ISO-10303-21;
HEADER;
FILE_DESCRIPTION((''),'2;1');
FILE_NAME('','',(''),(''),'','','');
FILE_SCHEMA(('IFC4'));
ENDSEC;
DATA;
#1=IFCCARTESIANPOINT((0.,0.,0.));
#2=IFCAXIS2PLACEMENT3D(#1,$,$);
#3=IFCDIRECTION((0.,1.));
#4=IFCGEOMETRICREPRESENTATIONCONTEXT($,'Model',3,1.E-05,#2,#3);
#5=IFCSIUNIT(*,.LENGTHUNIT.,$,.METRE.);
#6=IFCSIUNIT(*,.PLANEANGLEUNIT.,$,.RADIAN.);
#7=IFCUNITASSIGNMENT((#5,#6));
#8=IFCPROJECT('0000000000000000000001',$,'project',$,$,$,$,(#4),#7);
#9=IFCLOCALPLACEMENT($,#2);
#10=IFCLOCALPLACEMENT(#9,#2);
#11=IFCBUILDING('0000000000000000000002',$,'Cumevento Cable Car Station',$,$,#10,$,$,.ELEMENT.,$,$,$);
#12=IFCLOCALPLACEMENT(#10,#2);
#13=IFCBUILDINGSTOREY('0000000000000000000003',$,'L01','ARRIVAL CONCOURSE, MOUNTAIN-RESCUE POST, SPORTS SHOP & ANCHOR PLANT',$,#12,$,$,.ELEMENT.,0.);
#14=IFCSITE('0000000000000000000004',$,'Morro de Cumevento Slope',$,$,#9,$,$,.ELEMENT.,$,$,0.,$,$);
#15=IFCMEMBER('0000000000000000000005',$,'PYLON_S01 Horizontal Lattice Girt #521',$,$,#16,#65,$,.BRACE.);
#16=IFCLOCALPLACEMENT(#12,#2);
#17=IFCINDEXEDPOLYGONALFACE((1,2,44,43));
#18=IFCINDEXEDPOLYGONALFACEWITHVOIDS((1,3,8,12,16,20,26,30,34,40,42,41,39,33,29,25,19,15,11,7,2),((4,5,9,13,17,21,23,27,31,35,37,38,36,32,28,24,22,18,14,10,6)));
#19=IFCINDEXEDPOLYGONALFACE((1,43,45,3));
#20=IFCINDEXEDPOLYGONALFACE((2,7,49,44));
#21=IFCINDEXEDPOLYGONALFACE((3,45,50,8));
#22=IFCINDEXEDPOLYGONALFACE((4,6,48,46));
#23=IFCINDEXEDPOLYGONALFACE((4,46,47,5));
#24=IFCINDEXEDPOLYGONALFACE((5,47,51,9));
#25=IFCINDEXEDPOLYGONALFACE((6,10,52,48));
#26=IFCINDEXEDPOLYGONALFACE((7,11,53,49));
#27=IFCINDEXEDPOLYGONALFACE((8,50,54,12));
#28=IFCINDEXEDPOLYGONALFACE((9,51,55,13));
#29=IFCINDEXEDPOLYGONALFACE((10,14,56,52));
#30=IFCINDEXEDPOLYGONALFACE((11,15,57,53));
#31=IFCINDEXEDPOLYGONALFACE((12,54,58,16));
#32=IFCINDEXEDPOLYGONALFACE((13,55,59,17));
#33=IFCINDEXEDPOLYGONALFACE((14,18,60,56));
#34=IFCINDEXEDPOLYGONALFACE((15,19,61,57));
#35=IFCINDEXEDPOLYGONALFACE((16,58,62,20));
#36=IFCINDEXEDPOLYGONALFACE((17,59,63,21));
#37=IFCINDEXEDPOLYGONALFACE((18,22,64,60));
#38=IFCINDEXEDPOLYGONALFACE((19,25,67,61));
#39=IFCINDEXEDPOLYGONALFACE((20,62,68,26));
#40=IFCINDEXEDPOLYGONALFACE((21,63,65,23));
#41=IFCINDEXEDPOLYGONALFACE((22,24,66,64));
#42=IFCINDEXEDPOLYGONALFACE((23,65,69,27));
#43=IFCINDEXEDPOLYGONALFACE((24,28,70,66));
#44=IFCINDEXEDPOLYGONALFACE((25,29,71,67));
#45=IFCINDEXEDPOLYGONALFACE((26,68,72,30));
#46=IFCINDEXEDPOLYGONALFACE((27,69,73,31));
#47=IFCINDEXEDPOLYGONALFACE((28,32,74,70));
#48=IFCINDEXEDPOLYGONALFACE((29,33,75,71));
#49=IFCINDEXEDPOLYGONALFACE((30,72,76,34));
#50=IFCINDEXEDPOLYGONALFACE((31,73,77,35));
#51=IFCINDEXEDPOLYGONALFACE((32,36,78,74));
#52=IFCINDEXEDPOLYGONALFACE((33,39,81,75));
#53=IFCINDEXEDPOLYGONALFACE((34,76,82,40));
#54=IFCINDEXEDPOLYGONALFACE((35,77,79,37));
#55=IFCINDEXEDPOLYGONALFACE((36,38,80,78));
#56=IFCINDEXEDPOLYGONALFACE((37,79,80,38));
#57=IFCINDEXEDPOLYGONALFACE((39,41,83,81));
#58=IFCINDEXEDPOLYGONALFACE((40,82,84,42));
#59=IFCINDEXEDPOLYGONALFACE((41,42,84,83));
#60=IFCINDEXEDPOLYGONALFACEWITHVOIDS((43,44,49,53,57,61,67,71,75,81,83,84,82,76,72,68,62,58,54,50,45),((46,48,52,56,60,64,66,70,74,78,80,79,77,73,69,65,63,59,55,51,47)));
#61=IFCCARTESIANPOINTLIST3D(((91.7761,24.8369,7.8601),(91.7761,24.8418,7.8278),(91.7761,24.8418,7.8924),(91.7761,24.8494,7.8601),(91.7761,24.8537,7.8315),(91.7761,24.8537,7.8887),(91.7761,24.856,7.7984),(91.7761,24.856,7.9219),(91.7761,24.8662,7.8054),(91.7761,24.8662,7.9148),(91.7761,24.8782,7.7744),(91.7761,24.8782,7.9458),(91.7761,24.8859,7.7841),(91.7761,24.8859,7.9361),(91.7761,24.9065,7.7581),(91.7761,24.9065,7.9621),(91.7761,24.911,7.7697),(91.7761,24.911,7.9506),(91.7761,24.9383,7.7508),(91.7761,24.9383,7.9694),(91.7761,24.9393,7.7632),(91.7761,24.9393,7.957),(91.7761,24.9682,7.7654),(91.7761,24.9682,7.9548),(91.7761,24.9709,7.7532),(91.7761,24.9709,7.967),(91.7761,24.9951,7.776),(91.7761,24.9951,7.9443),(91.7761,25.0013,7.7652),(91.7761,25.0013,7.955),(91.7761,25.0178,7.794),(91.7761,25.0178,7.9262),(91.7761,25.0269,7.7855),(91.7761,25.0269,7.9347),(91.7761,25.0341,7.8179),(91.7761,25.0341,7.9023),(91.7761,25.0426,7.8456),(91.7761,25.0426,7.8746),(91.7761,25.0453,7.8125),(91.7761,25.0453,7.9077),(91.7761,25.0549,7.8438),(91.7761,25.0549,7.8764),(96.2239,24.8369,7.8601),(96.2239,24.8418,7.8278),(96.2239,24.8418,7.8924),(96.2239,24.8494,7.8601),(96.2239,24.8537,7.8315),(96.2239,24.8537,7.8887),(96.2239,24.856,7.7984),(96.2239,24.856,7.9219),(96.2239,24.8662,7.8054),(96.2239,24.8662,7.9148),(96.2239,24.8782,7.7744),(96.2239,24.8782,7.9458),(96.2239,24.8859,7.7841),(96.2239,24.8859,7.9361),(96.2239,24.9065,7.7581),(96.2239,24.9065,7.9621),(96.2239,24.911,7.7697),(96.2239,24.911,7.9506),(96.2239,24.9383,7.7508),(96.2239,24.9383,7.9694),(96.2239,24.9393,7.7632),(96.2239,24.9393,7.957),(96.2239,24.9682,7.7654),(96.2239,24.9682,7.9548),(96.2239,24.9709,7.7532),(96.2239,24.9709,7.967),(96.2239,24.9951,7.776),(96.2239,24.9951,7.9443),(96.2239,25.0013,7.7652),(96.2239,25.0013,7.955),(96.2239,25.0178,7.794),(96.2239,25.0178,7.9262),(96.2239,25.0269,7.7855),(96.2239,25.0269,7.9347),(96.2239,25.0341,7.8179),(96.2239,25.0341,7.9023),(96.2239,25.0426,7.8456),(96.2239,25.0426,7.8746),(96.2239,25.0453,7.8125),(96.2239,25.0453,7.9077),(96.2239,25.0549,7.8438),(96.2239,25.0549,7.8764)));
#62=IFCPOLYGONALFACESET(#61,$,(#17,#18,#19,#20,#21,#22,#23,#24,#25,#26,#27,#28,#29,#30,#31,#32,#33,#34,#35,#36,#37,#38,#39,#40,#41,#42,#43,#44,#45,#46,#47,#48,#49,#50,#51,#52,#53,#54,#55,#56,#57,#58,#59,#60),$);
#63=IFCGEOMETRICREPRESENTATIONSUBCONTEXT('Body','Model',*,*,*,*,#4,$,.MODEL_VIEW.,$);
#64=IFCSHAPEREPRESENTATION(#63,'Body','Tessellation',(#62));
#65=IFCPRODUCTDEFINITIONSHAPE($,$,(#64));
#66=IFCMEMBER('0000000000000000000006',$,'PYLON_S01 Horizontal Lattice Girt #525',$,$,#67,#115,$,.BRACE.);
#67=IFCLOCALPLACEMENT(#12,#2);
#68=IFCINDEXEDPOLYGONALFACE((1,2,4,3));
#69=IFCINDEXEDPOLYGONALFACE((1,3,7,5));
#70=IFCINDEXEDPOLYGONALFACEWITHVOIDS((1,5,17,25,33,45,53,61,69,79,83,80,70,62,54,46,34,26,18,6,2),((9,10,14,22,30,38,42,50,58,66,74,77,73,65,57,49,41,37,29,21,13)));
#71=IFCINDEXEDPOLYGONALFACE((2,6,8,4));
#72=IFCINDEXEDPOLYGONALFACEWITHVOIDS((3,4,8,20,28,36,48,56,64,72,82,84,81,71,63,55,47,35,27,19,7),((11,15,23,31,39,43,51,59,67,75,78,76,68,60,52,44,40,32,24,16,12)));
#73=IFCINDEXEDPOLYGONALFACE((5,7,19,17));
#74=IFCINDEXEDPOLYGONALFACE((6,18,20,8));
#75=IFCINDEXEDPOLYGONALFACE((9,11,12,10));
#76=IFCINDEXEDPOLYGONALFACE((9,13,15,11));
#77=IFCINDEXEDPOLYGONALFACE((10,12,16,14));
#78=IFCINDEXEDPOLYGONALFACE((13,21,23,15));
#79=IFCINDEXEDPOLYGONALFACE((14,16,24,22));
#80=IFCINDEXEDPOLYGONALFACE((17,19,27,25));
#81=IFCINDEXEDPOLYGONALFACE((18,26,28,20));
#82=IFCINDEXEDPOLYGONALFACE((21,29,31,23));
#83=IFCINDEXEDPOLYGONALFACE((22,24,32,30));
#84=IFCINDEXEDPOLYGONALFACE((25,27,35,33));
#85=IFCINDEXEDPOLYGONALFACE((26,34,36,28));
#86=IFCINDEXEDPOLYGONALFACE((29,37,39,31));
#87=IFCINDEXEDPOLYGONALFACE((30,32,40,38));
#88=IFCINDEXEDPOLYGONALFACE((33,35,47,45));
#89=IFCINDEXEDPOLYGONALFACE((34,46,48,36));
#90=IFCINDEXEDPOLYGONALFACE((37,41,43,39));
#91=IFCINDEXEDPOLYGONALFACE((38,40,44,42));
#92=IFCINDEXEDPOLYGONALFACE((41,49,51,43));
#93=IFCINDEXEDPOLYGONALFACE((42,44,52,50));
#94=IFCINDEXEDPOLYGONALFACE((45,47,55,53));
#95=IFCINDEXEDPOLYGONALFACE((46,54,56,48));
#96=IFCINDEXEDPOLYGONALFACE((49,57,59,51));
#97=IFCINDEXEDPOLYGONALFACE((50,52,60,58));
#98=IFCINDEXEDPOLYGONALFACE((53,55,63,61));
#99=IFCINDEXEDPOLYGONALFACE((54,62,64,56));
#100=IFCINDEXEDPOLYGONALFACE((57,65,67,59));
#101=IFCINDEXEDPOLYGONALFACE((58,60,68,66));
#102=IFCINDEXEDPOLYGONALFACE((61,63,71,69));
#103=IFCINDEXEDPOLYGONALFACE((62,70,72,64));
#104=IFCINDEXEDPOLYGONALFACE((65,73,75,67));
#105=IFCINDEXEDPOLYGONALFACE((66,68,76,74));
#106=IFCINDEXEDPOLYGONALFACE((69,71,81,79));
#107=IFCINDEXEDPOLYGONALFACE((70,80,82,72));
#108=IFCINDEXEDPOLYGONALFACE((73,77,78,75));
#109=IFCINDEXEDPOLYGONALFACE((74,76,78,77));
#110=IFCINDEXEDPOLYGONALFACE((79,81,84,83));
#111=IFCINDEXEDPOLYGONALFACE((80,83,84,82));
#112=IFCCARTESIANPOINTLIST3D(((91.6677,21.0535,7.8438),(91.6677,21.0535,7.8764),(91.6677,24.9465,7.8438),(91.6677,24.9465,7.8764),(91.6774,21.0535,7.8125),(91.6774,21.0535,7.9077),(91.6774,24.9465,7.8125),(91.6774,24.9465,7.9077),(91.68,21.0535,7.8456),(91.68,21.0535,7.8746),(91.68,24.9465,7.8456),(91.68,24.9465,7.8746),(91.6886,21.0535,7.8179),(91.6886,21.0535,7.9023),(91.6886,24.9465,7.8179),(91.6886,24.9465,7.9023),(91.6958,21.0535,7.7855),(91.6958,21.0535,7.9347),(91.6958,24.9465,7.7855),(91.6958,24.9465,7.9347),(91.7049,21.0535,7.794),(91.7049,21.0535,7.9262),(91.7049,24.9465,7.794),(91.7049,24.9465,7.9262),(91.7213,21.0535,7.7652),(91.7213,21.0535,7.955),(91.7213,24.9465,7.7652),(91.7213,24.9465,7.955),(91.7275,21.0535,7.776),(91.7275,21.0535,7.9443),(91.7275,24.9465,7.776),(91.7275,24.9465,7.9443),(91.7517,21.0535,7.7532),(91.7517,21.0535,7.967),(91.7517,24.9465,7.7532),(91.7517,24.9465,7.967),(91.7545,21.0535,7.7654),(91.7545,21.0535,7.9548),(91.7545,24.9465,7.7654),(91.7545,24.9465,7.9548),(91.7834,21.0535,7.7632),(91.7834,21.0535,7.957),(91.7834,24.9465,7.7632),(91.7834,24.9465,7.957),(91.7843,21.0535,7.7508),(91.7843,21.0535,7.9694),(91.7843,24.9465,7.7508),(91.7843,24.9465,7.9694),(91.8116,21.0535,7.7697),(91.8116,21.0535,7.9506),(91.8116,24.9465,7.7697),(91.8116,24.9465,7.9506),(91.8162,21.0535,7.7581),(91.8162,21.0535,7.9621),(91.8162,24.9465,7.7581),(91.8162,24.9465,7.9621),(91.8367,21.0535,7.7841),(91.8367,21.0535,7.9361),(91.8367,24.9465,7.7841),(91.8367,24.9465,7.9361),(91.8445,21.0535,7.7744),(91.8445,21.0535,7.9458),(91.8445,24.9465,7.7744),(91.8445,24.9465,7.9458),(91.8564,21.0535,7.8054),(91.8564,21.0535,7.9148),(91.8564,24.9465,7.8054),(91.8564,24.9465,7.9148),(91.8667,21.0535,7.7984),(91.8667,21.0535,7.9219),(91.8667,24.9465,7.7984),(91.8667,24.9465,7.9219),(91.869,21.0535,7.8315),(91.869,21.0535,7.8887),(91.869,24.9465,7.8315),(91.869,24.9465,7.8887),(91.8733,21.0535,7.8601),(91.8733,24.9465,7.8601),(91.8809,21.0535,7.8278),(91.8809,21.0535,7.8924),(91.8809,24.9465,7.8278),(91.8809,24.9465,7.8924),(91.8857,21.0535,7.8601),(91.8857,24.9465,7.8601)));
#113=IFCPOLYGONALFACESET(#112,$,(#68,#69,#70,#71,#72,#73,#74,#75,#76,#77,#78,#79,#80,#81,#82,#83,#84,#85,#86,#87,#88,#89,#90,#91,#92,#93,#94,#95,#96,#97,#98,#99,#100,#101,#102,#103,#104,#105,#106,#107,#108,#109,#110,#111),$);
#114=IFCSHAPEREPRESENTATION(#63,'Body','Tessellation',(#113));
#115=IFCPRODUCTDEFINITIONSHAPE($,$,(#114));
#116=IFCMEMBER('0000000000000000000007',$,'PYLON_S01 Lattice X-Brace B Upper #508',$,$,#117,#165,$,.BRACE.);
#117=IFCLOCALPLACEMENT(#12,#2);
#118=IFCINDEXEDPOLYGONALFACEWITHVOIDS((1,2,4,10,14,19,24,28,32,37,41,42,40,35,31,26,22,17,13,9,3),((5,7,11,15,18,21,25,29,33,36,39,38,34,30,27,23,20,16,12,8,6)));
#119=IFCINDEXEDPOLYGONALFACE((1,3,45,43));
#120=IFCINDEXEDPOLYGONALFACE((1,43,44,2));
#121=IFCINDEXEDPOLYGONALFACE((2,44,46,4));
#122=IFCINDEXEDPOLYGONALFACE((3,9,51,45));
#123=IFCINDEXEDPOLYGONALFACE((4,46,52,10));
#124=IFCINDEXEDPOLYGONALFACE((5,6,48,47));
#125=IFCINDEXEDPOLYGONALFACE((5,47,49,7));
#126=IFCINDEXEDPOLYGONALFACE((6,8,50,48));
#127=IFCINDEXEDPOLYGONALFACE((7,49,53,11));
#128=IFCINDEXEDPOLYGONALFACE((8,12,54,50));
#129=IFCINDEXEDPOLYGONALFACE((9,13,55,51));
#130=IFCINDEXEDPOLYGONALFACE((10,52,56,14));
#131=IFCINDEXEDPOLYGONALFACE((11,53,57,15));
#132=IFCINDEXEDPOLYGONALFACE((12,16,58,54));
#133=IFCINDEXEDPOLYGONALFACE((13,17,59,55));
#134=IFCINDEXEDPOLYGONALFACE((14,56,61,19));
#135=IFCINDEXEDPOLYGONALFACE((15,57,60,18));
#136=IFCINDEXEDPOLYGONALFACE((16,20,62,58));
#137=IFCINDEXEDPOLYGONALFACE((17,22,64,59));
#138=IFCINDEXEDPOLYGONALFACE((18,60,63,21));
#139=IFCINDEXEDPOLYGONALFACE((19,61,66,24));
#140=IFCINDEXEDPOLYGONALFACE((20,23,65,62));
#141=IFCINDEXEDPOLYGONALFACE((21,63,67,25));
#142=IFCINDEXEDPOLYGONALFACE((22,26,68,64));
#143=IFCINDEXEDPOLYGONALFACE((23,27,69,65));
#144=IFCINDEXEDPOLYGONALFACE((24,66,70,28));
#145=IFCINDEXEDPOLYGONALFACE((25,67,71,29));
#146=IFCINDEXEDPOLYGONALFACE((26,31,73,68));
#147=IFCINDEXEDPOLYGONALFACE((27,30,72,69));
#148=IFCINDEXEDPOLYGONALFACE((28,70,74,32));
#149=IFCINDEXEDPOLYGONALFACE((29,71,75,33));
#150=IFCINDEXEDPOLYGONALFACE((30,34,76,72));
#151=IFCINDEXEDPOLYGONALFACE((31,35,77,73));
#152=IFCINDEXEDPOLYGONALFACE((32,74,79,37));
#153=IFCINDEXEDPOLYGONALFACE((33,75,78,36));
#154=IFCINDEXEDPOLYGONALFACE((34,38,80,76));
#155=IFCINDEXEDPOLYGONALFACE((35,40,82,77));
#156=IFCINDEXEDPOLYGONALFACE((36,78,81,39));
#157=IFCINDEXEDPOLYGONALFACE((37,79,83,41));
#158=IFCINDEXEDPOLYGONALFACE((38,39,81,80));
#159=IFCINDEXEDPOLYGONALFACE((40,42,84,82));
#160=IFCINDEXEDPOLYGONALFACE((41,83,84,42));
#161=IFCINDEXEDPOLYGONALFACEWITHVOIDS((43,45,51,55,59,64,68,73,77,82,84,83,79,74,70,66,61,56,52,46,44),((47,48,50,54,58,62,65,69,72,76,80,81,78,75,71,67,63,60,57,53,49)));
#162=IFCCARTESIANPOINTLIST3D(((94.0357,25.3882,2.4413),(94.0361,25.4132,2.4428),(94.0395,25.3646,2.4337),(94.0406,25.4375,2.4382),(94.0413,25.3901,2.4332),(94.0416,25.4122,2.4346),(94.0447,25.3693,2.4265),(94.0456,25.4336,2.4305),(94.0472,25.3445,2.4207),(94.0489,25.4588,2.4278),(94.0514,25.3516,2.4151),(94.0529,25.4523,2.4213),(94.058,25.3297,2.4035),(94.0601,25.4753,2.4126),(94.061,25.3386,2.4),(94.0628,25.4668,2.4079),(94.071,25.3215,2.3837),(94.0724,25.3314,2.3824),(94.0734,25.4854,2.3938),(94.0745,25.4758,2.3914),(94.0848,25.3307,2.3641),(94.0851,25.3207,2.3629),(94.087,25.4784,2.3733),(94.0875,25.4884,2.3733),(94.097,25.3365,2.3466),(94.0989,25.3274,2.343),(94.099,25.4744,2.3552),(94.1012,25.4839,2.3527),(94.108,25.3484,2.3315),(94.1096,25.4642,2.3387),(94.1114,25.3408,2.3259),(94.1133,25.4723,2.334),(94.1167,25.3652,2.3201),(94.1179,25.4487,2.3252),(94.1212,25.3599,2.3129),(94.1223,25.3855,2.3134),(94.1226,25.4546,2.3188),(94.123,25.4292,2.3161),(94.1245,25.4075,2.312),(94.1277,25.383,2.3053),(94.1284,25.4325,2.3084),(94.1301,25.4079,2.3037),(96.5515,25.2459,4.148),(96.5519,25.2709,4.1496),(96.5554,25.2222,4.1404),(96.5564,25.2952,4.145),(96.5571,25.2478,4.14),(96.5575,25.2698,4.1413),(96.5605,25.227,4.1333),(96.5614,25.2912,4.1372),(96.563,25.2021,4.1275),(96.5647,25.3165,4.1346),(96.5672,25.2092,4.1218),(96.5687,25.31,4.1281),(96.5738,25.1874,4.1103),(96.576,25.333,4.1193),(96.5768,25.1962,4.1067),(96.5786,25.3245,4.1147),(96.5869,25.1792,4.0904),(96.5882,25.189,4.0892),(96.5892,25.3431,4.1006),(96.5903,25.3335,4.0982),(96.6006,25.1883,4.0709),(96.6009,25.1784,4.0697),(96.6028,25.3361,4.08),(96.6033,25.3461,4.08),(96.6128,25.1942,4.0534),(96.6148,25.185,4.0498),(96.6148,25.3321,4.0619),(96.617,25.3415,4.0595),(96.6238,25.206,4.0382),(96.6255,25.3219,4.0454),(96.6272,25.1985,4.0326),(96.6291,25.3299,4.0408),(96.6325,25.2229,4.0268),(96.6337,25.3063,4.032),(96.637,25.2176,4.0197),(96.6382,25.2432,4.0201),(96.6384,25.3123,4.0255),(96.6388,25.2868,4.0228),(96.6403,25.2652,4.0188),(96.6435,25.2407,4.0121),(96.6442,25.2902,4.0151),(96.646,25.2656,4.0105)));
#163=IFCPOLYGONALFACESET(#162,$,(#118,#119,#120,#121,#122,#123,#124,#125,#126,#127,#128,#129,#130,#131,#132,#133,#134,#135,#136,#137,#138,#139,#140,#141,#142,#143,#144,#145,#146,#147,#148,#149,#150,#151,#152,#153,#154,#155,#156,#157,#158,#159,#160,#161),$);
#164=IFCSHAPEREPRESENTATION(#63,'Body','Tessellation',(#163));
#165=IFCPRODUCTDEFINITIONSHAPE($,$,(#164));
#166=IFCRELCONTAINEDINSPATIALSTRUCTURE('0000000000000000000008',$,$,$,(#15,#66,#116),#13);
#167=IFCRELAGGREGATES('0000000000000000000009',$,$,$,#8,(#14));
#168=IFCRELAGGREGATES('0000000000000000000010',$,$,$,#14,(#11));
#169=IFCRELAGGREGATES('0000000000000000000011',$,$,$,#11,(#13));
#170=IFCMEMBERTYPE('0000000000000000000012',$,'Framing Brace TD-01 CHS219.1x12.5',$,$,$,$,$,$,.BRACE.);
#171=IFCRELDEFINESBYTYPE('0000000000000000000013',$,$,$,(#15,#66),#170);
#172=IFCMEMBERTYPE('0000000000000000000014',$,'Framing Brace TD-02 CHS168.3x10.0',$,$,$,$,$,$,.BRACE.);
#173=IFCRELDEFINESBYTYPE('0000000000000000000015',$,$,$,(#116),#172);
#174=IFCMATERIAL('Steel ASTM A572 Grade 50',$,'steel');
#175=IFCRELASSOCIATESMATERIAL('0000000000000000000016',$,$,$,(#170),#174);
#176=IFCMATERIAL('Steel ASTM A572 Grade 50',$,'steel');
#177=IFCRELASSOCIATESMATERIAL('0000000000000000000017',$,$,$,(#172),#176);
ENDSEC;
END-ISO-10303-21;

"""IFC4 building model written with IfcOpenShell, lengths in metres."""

from ifc_helpers import new_model, si_unit, direction, frame, origin, origin_2d, place, context, subcontext, project, spatial, hollow_circle, extrude, material, material_profile, profile_set, type_object, element, save


model = new_model("IFC4")

# Units and contexts
model_context = context("Model", 3, precision=1e-05, world=origin(), true_north=direction((0.0, 1.0)))
body_context = subcontext(model_context, "Body", "Model", "MODEL_VIEW")
ifc_project = project(units=[si_unit("LENGTHUNIT", "METRE"), si_unit("PLANEANGLEUNIT", "RADIAN")], contexts=[model_context])

# Site, building, storey
site_placement = place(None, origin())
site = spatial("IfcSite", under=ifc_project, at=site_placement, Name="Morro de Cumevento Slope", CompositionType="ELEMENT", RefElevation=0.0)
building_placement = place(site_placement, origin())
building = spatial("IfcBuilding", under=site, at=building_placement, Name="Cumevento Cable Car Station", CompositionType="ELEMENT")
storey_placement = place(building_placement, origin())
storey = spatial("IfcBuildingStorey", under=building, at=storey_placement, Name="L01", Description="ARRIVAL CONCOURSE, MOUNTAIN-RESCUE POST, SPORTS SHOP & ANCHOR PLANT", CompositionType="ELEMENT", Elevation=0.0)

# Members
ifc_material_1 = material(Name="Steel ASTM A572 Grade 50", Category="steel")
ifc_material_profile_1 = material_profile(ifc_material_1, hollow_circle(Radius=0.1096, WallThickness=0.0125, at=origin_2d()), Name="CHS219.1x12.5")
ifc_profile_set_1 = profile_set([ifc_material_profile_1], Name="Steel ASTM A572 Grade 50")
member_type_1 = type_object("IfcMemberType", Name="Framing Brace TD-01 CHS219.1x12.5", PredefinedType="BRACE", material=ifc_profile_set_1)
member_1_placement = place(storey_placement, frame((96.2239, 24.9465, 7.8601), z_axis=(-1.0, 0.0, 0.0), x_axis=(0.0, -1.0, 0.0)))
element("IfcMember", 1, at=member_1_placement, inside=storey, type_object=member_type_1, Name="PYLON_S01 Horizontal Lattice Girt #521", PredefinedType="BRACE", context=body_context, shape_type="SweptSolid", body=[
    extrude(hollow_circle(Radius=0.1096, WallThickness=0.0125, at=origin_2d()), origin(), (0.0, 0.0, 1.0), 4.4478),
])
member_2_placement = place(storey_placement, frame((91.7761, 24.9465, 7.8601), z_axis=(0.0, -1.0, 0.0), x_axis=(1.0, 0.0, 0.0)))
element("IfcMember", 2, at=member_2_placement, inside=storey, type_object=member_type_1, Name="PYLON_S01 Horizontal Lattice Girt #525", PredefinedType="BRACE", context=body_context, shape_type="SweptSolid", body=[
    extrude(hollow_circle(Radius=0.1096, WallThickness=0.0125, at=origin_2d()), origin(), (0.0, 0.0, 1.0), 3.8931),
])
ifc_material_2 = material(Name="Steel ASTM A572 Grade 50", Category="steel")
ifc_material_profile_2 = material_profile(ifc_material_2, hollow_circle(Radius=0.0842, WallThickness=0.01, at=origin_2d()), Name="CHS168.3x10.0")
ifc_profile_set_2 = profile_set([ifc_material_profile_2], Name="Steel ASTM A572 Grade 50")
member_type_2 = type_object("IfcMemberType", Name="Framing Brace TD-02 CHS168.3x10.0", PredefinedType="BRACE", material=ifc_profile_set_2)
member_3_placement = place(storey_placement, frame((94.0828, 25.4043, 2.3733), z_axis=(0.826633, -0.046766, 0.560795), x_axis=(0.056484, 0.998403, 0.0)))
element("IfcMember", 3, at=member_3_placement, inside=storey, type_object=member_type_2, Name="PYLON_S01 Lattice X-Brace B Upper #508", PredefinedType="BRACE", context=body_context, shape_type="SweptSolid", body=[
    extrude(hollow_circle(Radius=0.0842, WallThickness=0.01, at=origin_2d()), origin(), (0.0, 0.0, 1.0), 3.0435),
])

save(model, "model.ifc")
